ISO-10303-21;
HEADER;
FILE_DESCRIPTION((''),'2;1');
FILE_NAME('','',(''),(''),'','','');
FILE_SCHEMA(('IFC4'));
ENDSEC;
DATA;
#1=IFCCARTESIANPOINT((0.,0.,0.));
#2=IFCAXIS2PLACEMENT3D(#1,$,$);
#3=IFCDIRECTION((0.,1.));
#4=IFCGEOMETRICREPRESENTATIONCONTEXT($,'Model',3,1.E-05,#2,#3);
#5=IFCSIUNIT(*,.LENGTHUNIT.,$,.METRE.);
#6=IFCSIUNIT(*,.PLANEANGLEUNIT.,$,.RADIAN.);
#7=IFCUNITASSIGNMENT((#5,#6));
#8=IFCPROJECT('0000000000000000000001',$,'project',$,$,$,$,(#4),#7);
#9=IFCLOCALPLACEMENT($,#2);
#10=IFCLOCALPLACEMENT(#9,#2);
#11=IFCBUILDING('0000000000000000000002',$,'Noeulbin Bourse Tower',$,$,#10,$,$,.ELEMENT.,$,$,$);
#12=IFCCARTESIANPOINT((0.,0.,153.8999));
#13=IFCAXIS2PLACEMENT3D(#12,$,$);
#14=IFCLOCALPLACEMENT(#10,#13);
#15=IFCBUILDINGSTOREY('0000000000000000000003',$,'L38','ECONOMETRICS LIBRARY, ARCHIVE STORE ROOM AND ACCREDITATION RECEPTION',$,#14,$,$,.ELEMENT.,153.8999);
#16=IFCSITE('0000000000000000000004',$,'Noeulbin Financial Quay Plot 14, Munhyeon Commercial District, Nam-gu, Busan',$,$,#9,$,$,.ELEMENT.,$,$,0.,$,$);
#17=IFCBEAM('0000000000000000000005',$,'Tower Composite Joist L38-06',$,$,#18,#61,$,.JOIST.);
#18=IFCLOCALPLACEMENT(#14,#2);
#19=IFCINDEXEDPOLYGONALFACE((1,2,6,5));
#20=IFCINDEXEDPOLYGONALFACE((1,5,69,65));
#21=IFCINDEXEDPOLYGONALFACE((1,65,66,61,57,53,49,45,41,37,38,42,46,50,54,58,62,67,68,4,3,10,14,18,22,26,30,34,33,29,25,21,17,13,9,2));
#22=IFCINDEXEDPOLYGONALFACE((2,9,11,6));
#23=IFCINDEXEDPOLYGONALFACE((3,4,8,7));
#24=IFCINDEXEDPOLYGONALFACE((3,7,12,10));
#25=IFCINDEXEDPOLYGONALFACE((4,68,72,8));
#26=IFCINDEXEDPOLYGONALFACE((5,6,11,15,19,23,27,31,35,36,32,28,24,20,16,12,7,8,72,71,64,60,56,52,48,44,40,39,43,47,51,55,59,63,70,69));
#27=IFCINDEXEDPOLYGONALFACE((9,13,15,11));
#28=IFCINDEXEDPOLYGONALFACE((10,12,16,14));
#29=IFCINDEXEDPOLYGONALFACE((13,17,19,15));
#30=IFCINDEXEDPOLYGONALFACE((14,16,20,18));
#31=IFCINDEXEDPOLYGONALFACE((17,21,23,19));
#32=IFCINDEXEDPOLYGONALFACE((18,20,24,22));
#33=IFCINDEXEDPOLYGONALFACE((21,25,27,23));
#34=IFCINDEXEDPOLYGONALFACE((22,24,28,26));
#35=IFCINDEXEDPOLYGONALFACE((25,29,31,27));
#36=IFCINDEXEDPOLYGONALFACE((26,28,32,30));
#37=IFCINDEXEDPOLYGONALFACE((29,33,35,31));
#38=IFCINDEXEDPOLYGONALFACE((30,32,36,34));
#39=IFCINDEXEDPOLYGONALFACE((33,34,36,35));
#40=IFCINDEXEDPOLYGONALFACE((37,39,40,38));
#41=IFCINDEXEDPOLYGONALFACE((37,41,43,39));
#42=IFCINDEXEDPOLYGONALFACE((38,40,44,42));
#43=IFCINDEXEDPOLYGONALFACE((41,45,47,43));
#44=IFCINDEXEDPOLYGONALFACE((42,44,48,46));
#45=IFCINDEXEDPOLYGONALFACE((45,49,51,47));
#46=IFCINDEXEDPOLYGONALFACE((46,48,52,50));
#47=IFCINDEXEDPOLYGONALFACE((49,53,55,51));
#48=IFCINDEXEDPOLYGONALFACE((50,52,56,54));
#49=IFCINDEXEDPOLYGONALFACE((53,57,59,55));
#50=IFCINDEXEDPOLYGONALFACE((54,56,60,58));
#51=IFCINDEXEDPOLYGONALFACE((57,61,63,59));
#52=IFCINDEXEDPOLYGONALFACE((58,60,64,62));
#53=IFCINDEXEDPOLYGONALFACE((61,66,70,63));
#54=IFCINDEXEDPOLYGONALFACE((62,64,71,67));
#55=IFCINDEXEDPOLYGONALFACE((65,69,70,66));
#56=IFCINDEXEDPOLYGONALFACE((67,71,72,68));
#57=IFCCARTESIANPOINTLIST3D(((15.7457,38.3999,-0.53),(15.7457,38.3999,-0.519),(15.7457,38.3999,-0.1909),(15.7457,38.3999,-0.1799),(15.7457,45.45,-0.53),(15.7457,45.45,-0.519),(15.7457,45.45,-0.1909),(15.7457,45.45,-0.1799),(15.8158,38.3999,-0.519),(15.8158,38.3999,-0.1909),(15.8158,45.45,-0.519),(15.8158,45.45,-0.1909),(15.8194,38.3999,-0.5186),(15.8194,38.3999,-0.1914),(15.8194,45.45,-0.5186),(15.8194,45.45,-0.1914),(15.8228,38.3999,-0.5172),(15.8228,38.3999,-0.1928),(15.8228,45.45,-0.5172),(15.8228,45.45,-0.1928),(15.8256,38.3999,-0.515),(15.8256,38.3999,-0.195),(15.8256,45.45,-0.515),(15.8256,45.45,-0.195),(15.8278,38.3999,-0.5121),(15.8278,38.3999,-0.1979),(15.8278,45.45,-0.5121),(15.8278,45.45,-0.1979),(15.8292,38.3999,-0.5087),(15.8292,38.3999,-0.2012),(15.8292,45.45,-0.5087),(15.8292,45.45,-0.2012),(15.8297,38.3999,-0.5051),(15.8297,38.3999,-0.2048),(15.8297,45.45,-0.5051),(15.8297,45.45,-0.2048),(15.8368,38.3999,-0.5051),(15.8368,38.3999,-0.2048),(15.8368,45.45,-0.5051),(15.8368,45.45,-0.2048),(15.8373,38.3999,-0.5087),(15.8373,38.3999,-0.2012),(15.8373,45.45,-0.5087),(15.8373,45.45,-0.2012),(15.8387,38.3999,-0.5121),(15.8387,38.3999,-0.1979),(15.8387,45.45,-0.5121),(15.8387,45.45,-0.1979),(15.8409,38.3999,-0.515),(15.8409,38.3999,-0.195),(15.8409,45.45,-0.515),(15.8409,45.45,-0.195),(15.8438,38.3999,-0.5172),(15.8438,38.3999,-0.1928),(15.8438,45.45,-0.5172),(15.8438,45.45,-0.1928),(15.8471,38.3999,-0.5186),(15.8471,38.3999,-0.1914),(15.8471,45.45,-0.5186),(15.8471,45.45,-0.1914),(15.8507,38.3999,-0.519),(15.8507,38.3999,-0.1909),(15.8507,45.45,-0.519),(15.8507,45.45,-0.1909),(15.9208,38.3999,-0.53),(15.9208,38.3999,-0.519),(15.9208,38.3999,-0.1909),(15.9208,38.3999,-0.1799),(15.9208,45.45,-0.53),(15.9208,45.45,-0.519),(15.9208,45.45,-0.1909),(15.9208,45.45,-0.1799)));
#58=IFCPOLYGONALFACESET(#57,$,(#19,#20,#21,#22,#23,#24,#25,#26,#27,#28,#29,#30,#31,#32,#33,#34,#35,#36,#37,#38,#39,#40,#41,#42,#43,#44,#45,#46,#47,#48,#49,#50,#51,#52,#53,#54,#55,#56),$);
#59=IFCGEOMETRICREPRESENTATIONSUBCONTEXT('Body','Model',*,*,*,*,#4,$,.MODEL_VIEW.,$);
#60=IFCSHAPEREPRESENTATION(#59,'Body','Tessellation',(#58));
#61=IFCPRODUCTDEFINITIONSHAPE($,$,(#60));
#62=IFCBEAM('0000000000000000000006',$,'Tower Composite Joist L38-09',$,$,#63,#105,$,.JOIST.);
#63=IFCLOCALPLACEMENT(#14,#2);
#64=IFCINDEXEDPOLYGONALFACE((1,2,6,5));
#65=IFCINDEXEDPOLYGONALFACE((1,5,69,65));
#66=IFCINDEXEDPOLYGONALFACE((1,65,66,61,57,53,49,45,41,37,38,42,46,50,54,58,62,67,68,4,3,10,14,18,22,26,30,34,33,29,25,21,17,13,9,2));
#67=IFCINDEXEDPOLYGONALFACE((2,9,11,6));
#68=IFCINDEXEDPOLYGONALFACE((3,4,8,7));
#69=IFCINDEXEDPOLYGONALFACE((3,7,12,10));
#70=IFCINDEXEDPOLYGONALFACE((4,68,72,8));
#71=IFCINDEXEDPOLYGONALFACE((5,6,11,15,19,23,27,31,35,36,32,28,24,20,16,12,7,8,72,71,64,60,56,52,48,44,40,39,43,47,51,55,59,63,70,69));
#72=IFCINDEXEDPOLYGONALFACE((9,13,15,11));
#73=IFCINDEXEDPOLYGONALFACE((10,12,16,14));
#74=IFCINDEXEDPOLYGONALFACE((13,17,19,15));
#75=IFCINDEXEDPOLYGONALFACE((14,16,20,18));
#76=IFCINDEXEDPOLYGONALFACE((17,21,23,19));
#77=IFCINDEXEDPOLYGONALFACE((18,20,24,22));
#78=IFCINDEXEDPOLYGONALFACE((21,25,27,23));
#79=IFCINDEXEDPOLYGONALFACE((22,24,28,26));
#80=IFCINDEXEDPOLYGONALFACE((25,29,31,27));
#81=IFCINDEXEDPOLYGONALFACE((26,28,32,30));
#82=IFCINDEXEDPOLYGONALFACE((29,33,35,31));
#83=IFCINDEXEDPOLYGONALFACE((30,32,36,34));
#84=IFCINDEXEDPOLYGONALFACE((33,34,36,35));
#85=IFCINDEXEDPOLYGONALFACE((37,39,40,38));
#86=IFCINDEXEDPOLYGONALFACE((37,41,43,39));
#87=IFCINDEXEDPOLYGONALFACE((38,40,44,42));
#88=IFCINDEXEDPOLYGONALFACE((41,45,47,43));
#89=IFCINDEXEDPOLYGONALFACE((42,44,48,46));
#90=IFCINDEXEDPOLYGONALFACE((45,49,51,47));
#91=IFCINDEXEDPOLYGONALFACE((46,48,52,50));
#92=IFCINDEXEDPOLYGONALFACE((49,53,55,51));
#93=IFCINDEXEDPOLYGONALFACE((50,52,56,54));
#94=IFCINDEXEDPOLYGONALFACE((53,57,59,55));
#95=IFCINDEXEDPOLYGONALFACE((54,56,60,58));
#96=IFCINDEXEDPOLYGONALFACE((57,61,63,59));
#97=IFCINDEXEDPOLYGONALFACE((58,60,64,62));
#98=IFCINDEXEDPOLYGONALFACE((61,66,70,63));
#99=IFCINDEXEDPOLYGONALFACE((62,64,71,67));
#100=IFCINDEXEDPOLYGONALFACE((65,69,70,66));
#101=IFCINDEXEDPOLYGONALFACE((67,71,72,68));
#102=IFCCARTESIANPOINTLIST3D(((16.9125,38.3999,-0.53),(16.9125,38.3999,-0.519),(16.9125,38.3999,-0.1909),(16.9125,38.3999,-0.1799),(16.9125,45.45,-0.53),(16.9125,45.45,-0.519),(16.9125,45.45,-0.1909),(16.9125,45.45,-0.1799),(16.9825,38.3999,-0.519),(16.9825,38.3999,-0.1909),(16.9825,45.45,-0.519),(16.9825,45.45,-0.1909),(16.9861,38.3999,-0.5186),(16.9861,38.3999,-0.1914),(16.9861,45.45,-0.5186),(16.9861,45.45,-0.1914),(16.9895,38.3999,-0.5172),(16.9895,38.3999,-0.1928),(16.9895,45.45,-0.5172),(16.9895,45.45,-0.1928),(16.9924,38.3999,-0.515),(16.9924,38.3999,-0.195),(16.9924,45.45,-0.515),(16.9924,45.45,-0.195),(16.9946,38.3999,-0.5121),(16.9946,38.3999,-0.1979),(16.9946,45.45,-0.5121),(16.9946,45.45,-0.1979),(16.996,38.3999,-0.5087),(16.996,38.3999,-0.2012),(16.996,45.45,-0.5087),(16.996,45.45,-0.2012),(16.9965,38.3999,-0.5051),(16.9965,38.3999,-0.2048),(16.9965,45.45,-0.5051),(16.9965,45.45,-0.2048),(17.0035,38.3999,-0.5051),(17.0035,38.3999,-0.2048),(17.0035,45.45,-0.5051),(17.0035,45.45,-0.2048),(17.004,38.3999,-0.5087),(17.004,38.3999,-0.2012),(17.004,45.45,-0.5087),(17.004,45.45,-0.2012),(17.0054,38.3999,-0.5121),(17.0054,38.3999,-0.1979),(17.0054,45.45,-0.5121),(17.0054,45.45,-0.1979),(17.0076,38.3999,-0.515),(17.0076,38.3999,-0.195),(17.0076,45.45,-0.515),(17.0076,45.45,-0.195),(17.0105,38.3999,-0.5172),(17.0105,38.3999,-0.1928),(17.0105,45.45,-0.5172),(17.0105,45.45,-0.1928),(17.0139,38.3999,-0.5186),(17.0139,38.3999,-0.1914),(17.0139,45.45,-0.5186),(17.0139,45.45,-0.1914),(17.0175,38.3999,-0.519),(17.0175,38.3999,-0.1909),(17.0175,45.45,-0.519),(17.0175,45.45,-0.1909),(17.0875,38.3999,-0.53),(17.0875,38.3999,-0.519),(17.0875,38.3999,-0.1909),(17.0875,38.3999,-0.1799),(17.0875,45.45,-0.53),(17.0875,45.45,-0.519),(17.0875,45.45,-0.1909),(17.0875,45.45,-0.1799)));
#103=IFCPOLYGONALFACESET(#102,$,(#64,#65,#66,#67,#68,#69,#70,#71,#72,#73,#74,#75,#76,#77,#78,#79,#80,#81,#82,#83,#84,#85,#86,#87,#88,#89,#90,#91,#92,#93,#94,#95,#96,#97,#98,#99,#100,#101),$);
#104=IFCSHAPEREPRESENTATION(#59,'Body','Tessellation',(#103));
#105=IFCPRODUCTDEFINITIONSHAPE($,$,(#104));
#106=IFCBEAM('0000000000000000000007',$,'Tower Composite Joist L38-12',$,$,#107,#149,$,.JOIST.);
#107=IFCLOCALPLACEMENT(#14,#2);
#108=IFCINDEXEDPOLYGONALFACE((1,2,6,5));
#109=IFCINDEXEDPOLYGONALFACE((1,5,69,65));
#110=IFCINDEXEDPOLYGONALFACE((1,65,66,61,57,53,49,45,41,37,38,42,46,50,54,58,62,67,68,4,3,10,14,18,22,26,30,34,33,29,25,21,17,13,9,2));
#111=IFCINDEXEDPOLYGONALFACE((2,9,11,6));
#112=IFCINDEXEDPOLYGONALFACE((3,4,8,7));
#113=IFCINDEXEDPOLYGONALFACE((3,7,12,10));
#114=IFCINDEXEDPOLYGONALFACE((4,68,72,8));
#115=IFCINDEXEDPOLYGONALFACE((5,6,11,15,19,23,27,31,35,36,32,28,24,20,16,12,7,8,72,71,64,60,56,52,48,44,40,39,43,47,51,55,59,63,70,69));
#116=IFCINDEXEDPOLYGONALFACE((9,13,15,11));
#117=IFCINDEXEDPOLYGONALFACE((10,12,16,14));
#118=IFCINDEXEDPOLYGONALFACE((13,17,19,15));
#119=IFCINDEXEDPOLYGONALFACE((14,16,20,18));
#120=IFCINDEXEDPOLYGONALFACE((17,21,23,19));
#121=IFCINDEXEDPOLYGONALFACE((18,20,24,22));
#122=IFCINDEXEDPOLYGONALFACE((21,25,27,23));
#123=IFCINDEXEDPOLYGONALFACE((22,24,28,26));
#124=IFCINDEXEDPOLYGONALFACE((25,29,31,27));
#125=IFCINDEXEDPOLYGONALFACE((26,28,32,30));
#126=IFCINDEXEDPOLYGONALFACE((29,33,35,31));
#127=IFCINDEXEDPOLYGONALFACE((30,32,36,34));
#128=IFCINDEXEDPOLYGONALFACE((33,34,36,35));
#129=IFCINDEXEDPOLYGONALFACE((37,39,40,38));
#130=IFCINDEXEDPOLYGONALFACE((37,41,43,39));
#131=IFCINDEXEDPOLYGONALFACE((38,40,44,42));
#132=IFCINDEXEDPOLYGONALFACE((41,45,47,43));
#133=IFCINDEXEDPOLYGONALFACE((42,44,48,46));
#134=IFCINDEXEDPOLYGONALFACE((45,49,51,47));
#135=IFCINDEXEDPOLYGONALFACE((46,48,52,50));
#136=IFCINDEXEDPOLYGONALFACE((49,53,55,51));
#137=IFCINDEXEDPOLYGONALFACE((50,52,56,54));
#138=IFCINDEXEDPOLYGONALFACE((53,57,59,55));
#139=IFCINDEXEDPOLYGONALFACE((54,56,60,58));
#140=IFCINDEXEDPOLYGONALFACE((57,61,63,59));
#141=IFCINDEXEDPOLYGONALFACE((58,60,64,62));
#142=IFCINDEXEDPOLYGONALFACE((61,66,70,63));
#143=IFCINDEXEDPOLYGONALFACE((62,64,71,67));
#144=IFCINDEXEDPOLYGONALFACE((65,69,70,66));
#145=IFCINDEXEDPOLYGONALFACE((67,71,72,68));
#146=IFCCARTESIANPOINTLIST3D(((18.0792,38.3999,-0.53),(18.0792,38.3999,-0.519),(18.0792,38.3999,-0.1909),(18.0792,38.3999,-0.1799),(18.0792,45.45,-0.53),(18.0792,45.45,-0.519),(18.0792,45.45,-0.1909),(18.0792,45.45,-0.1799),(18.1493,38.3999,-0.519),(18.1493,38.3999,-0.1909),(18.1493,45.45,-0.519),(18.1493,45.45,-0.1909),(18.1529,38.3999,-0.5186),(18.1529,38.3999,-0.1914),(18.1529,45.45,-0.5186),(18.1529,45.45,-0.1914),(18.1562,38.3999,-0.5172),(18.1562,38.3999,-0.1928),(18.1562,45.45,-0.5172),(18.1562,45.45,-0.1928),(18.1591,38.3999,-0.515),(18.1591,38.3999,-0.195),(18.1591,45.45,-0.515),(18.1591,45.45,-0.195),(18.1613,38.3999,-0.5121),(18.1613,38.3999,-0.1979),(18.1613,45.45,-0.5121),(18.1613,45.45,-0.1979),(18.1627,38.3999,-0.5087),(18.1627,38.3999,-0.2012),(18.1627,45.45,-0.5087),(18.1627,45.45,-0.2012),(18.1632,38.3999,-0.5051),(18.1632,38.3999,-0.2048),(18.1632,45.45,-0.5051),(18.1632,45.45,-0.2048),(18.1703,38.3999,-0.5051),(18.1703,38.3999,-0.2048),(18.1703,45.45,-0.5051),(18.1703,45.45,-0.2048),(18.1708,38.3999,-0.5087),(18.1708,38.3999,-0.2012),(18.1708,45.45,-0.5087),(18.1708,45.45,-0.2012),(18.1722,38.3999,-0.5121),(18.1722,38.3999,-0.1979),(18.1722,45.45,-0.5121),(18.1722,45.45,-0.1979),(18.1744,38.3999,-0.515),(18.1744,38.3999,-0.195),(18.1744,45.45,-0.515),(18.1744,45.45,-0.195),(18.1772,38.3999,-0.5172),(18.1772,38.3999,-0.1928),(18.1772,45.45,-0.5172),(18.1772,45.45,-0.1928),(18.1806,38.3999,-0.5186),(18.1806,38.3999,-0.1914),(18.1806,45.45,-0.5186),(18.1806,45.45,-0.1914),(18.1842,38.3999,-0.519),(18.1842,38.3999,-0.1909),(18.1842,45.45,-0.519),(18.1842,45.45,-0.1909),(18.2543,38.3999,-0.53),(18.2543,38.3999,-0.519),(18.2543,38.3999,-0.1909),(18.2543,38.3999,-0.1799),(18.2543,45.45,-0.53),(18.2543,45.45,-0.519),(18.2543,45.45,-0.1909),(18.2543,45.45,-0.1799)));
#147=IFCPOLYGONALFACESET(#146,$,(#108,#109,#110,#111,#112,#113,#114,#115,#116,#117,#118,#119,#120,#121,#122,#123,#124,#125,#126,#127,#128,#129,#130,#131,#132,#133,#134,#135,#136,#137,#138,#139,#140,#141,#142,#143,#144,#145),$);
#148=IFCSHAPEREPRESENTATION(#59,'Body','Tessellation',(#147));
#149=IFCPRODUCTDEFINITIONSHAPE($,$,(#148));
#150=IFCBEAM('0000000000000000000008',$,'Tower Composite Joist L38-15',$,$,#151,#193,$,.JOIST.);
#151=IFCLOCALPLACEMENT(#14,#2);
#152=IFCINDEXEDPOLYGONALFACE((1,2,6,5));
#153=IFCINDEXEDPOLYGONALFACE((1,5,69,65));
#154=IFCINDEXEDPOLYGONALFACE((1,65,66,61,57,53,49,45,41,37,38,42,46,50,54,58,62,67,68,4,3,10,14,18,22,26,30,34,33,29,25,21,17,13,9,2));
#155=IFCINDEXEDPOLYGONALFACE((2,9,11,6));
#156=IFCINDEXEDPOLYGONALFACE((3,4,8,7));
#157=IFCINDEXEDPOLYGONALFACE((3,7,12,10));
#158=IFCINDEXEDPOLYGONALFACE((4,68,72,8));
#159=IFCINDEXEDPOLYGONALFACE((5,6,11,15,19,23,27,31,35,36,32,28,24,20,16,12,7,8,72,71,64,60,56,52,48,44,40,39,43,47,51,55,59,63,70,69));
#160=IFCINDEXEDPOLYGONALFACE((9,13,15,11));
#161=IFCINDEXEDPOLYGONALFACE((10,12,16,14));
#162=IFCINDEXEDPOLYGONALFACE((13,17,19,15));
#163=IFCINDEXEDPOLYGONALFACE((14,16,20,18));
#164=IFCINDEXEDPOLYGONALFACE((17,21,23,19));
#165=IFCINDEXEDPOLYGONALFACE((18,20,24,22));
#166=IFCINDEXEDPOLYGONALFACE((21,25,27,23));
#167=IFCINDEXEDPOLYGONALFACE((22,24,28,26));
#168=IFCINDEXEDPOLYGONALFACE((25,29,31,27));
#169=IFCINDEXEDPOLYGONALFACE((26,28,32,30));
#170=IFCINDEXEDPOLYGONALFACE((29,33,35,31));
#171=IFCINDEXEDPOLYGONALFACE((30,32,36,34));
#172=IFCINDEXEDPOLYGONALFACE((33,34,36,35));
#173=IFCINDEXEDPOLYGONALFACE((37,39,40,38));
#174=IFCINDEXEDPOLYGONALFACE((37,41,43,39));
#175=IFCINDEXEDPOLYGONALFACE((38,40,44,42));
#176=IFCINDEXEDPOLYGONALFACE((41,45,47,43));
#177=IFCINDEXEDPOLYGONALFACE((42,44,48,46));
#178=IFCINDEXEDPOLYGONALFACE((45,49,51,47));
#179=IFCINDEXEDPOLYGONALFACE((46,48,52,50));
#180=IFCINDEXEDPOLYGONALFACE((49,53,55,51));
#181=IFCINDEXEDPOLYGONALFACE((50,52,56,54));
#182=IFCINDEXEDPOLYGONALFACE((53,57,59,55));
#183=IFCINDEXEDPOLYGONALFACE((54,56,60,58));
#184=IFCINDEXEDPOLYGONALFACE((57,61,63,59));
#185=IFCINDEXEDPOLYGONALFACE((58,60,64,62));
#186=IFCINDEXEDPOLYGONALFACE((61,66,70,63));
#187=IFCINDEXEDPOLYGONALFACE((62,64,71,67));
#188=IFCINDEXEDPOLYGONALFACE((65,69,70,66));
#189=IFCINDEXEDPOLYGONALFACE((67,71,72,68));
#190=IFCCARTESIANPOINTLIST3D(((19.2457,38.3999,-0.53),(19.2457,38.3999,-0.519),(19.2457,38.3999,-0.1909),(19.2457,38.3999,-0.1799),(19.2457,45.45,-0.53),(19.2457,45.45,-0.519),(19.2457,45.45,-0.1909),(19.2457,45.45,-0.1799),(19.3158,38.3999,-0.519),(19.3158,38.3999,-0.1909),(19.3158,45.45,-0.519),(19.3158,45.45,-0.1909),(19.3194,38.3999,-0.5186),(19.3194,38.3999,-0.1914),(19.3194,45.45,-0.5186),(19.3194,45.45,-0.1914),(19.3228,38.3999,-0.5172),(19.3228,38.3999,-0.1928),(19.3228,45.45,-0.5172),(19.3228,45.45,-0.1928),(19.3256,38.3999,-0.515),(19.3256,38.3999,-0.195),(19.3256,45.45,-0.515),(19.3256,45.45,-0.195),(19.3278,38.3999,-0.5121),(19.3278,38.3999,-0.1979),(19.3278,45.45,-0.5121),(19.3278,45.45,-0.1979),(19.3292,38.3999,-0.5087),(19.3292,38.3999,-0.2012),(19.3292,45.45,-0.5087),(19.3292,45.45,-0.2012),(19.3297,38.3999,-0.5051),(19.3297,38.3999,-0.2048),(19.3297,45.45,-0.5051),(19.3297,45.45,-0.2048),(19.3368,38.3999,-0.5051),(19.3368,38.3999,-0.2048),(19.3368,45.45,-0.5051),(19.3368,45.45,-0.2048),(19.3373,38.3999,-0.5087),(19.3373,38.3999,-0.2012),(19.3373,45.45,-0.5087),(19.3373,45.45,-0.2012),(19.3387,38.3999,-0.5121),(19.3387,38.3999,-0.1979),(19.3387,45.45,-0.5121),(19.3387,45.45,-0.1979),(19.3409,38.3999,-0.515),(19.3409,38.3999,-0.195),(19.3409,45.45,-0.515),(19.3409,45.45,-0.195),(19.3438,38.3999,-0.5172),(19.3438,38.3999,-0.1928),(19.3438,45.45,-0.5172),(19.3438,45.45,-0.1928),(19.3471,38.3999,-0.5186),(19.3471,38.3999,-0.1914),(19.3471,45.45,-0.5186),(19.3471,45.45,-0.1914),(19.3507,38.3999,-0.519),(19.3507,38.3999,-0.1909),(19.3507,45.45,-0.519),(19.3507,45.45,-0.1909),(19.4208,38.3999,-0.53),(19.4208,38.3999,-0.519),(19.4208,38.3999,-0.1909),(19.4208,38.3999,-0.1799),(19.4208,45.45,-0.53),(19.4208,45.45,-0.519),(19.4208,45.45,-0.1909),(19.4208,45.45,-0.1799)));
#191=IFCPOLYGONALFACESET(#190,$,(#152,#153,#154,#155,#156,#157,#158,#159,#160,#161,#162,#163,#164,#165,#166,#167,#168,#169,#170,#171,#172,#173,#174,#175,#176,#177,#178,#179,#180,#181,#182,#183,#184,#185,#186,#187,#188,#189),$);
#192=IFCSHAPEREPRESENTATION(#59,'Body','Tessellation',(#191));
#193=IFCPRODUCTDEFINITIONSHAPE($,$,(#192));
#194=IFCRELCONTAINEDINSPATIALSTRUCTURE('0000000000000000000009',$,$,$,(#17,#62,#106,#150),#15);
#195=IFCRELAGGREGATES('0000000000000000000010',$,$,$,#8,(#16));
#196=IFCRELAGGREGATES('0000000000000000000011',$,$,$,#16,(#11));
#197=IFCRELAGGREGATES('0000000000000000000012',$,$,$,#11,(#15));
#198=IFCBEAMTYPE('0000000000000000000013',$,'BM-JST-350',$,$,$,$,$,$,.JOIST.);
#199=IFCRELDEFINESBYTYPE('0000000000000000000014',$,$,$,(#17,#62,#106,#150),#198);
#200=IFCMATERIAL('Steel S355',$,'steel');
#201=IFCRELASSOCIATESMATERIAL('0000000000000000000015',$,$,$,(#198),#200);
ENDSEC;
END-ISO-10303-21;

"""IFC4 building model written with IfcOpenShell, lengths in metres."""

from ifc_helpers import new_model, si_unit, direction, frame, origin, origin_2d, place, context, subcontext, project, spatial, i_section, extrude, material, material_profile, profile_set, type_object, element, save


model = new_model("IFC4")

# Units and contexts
model_context = context("Model", 3, precision=1e-05, world=origin(), true_north=direction((0.0, 1.0)))
body_context = subcontext(model_context, "Body", "Model", "MODEL_VIEW")
ifc_project = project(units=[si_unit("LENGTHUNIT", "METRE"), si_unit("PLANEANGLEUNIT", "RADIAN")], contexts=[model_context])

# Site, building, storey
site_placement = place(None, origin())
site = spatial("IfcSite", under=ifc_project, at=site_placement, Name="Noeulbin Financial Quay Plot 14, Munhyeon Commercial District, Nam-gu, Busan", CompositionType="ELEMENT", RefElevation=0.0)
building_placement = place(site_placement, origin())
building = spatial("IfcBuilding", under=site, at=building_placement, Name="Noeulbin Bourse Tower", CompositionType="ELEMENT")
storey_placement = place(building_placement, frame((0.0, 0.0, 153.8999)))
storey = spatial("IfcBuildingStorey", under=building, at=storey_placement, Name="L38", Description="ECONOMETRICS LIBRARY, ARCHIVE STORE ROOM AND ACCREDITATION RECEPTION", CompositionType="ELEMENT", Elevation=153.8999)

# Shared definitions
ifc_material_1 = material(Name="Steel S355", Category="steel")

# Beams
ifc_material_profile_1 = material_profile(ifc_material_1, i_section(OverallWidth=0.175, OverallDepth=0.3501, WebThickness=0.0071, FlangeThickness=0.011, FilletRadius=0.0139, at=origin_2d()), Name="H-350x175x7x11", Category="LoadBearing")
ifc_profile_set_1 = profile_set([ifc_material_profile_1], Name="Steel S355")
beam_type_1 = type_object("IfcBeamType", Name="BM-JST-350", PredefinedType="JOIST", material=ifc_profile_set_1)
for number, where, z_axis, x_axis, name in (
    (1, (15.8333, 38.3999, -0.355), (0.0, 1.0, 0.0), (-1.0, 0.0, 0.0), "Tower Composite Joist L38-06"),
    (2, (17.0, 38.3999, -0.355), (0.0, 1.0, 0.0), (-1.0, 0.0, 0.0), "Tower Composite Joist L38-09"),
    (3, (18.1667, 38.3999, -0.355), (0.0, 1.0, 0.0), (-1.0, 0.0, 0.0), "Tower Composite Joist L38-12"),
    (4, (19.3333, 38.3999, -0.355), (0.0, 1.0, 0.0), (-1.0, 0.0, 0.0), "Tower Composite Joist L38-15"),
):
    element("IfcBeam", number, at=place(storey_placement, frame(where, z_axis=z_axis, x_axis=x_axis)), inside=storey, type_object=beam_type_1, Name=name, PredefinedType="JOIST", context=body_context, shape_type="SweptSolid", body=[
        extrude(i_section(OverallWidth=0.175, OverallDepth=0.3501, WebThickness=0.0071, FlangeThickness=0.011, FilletRadius=0.0139, at=origin_2d()), origin(), (0.0, 0.0, 1.0), 7.05),
    ])

save(model, "model.ifc")
